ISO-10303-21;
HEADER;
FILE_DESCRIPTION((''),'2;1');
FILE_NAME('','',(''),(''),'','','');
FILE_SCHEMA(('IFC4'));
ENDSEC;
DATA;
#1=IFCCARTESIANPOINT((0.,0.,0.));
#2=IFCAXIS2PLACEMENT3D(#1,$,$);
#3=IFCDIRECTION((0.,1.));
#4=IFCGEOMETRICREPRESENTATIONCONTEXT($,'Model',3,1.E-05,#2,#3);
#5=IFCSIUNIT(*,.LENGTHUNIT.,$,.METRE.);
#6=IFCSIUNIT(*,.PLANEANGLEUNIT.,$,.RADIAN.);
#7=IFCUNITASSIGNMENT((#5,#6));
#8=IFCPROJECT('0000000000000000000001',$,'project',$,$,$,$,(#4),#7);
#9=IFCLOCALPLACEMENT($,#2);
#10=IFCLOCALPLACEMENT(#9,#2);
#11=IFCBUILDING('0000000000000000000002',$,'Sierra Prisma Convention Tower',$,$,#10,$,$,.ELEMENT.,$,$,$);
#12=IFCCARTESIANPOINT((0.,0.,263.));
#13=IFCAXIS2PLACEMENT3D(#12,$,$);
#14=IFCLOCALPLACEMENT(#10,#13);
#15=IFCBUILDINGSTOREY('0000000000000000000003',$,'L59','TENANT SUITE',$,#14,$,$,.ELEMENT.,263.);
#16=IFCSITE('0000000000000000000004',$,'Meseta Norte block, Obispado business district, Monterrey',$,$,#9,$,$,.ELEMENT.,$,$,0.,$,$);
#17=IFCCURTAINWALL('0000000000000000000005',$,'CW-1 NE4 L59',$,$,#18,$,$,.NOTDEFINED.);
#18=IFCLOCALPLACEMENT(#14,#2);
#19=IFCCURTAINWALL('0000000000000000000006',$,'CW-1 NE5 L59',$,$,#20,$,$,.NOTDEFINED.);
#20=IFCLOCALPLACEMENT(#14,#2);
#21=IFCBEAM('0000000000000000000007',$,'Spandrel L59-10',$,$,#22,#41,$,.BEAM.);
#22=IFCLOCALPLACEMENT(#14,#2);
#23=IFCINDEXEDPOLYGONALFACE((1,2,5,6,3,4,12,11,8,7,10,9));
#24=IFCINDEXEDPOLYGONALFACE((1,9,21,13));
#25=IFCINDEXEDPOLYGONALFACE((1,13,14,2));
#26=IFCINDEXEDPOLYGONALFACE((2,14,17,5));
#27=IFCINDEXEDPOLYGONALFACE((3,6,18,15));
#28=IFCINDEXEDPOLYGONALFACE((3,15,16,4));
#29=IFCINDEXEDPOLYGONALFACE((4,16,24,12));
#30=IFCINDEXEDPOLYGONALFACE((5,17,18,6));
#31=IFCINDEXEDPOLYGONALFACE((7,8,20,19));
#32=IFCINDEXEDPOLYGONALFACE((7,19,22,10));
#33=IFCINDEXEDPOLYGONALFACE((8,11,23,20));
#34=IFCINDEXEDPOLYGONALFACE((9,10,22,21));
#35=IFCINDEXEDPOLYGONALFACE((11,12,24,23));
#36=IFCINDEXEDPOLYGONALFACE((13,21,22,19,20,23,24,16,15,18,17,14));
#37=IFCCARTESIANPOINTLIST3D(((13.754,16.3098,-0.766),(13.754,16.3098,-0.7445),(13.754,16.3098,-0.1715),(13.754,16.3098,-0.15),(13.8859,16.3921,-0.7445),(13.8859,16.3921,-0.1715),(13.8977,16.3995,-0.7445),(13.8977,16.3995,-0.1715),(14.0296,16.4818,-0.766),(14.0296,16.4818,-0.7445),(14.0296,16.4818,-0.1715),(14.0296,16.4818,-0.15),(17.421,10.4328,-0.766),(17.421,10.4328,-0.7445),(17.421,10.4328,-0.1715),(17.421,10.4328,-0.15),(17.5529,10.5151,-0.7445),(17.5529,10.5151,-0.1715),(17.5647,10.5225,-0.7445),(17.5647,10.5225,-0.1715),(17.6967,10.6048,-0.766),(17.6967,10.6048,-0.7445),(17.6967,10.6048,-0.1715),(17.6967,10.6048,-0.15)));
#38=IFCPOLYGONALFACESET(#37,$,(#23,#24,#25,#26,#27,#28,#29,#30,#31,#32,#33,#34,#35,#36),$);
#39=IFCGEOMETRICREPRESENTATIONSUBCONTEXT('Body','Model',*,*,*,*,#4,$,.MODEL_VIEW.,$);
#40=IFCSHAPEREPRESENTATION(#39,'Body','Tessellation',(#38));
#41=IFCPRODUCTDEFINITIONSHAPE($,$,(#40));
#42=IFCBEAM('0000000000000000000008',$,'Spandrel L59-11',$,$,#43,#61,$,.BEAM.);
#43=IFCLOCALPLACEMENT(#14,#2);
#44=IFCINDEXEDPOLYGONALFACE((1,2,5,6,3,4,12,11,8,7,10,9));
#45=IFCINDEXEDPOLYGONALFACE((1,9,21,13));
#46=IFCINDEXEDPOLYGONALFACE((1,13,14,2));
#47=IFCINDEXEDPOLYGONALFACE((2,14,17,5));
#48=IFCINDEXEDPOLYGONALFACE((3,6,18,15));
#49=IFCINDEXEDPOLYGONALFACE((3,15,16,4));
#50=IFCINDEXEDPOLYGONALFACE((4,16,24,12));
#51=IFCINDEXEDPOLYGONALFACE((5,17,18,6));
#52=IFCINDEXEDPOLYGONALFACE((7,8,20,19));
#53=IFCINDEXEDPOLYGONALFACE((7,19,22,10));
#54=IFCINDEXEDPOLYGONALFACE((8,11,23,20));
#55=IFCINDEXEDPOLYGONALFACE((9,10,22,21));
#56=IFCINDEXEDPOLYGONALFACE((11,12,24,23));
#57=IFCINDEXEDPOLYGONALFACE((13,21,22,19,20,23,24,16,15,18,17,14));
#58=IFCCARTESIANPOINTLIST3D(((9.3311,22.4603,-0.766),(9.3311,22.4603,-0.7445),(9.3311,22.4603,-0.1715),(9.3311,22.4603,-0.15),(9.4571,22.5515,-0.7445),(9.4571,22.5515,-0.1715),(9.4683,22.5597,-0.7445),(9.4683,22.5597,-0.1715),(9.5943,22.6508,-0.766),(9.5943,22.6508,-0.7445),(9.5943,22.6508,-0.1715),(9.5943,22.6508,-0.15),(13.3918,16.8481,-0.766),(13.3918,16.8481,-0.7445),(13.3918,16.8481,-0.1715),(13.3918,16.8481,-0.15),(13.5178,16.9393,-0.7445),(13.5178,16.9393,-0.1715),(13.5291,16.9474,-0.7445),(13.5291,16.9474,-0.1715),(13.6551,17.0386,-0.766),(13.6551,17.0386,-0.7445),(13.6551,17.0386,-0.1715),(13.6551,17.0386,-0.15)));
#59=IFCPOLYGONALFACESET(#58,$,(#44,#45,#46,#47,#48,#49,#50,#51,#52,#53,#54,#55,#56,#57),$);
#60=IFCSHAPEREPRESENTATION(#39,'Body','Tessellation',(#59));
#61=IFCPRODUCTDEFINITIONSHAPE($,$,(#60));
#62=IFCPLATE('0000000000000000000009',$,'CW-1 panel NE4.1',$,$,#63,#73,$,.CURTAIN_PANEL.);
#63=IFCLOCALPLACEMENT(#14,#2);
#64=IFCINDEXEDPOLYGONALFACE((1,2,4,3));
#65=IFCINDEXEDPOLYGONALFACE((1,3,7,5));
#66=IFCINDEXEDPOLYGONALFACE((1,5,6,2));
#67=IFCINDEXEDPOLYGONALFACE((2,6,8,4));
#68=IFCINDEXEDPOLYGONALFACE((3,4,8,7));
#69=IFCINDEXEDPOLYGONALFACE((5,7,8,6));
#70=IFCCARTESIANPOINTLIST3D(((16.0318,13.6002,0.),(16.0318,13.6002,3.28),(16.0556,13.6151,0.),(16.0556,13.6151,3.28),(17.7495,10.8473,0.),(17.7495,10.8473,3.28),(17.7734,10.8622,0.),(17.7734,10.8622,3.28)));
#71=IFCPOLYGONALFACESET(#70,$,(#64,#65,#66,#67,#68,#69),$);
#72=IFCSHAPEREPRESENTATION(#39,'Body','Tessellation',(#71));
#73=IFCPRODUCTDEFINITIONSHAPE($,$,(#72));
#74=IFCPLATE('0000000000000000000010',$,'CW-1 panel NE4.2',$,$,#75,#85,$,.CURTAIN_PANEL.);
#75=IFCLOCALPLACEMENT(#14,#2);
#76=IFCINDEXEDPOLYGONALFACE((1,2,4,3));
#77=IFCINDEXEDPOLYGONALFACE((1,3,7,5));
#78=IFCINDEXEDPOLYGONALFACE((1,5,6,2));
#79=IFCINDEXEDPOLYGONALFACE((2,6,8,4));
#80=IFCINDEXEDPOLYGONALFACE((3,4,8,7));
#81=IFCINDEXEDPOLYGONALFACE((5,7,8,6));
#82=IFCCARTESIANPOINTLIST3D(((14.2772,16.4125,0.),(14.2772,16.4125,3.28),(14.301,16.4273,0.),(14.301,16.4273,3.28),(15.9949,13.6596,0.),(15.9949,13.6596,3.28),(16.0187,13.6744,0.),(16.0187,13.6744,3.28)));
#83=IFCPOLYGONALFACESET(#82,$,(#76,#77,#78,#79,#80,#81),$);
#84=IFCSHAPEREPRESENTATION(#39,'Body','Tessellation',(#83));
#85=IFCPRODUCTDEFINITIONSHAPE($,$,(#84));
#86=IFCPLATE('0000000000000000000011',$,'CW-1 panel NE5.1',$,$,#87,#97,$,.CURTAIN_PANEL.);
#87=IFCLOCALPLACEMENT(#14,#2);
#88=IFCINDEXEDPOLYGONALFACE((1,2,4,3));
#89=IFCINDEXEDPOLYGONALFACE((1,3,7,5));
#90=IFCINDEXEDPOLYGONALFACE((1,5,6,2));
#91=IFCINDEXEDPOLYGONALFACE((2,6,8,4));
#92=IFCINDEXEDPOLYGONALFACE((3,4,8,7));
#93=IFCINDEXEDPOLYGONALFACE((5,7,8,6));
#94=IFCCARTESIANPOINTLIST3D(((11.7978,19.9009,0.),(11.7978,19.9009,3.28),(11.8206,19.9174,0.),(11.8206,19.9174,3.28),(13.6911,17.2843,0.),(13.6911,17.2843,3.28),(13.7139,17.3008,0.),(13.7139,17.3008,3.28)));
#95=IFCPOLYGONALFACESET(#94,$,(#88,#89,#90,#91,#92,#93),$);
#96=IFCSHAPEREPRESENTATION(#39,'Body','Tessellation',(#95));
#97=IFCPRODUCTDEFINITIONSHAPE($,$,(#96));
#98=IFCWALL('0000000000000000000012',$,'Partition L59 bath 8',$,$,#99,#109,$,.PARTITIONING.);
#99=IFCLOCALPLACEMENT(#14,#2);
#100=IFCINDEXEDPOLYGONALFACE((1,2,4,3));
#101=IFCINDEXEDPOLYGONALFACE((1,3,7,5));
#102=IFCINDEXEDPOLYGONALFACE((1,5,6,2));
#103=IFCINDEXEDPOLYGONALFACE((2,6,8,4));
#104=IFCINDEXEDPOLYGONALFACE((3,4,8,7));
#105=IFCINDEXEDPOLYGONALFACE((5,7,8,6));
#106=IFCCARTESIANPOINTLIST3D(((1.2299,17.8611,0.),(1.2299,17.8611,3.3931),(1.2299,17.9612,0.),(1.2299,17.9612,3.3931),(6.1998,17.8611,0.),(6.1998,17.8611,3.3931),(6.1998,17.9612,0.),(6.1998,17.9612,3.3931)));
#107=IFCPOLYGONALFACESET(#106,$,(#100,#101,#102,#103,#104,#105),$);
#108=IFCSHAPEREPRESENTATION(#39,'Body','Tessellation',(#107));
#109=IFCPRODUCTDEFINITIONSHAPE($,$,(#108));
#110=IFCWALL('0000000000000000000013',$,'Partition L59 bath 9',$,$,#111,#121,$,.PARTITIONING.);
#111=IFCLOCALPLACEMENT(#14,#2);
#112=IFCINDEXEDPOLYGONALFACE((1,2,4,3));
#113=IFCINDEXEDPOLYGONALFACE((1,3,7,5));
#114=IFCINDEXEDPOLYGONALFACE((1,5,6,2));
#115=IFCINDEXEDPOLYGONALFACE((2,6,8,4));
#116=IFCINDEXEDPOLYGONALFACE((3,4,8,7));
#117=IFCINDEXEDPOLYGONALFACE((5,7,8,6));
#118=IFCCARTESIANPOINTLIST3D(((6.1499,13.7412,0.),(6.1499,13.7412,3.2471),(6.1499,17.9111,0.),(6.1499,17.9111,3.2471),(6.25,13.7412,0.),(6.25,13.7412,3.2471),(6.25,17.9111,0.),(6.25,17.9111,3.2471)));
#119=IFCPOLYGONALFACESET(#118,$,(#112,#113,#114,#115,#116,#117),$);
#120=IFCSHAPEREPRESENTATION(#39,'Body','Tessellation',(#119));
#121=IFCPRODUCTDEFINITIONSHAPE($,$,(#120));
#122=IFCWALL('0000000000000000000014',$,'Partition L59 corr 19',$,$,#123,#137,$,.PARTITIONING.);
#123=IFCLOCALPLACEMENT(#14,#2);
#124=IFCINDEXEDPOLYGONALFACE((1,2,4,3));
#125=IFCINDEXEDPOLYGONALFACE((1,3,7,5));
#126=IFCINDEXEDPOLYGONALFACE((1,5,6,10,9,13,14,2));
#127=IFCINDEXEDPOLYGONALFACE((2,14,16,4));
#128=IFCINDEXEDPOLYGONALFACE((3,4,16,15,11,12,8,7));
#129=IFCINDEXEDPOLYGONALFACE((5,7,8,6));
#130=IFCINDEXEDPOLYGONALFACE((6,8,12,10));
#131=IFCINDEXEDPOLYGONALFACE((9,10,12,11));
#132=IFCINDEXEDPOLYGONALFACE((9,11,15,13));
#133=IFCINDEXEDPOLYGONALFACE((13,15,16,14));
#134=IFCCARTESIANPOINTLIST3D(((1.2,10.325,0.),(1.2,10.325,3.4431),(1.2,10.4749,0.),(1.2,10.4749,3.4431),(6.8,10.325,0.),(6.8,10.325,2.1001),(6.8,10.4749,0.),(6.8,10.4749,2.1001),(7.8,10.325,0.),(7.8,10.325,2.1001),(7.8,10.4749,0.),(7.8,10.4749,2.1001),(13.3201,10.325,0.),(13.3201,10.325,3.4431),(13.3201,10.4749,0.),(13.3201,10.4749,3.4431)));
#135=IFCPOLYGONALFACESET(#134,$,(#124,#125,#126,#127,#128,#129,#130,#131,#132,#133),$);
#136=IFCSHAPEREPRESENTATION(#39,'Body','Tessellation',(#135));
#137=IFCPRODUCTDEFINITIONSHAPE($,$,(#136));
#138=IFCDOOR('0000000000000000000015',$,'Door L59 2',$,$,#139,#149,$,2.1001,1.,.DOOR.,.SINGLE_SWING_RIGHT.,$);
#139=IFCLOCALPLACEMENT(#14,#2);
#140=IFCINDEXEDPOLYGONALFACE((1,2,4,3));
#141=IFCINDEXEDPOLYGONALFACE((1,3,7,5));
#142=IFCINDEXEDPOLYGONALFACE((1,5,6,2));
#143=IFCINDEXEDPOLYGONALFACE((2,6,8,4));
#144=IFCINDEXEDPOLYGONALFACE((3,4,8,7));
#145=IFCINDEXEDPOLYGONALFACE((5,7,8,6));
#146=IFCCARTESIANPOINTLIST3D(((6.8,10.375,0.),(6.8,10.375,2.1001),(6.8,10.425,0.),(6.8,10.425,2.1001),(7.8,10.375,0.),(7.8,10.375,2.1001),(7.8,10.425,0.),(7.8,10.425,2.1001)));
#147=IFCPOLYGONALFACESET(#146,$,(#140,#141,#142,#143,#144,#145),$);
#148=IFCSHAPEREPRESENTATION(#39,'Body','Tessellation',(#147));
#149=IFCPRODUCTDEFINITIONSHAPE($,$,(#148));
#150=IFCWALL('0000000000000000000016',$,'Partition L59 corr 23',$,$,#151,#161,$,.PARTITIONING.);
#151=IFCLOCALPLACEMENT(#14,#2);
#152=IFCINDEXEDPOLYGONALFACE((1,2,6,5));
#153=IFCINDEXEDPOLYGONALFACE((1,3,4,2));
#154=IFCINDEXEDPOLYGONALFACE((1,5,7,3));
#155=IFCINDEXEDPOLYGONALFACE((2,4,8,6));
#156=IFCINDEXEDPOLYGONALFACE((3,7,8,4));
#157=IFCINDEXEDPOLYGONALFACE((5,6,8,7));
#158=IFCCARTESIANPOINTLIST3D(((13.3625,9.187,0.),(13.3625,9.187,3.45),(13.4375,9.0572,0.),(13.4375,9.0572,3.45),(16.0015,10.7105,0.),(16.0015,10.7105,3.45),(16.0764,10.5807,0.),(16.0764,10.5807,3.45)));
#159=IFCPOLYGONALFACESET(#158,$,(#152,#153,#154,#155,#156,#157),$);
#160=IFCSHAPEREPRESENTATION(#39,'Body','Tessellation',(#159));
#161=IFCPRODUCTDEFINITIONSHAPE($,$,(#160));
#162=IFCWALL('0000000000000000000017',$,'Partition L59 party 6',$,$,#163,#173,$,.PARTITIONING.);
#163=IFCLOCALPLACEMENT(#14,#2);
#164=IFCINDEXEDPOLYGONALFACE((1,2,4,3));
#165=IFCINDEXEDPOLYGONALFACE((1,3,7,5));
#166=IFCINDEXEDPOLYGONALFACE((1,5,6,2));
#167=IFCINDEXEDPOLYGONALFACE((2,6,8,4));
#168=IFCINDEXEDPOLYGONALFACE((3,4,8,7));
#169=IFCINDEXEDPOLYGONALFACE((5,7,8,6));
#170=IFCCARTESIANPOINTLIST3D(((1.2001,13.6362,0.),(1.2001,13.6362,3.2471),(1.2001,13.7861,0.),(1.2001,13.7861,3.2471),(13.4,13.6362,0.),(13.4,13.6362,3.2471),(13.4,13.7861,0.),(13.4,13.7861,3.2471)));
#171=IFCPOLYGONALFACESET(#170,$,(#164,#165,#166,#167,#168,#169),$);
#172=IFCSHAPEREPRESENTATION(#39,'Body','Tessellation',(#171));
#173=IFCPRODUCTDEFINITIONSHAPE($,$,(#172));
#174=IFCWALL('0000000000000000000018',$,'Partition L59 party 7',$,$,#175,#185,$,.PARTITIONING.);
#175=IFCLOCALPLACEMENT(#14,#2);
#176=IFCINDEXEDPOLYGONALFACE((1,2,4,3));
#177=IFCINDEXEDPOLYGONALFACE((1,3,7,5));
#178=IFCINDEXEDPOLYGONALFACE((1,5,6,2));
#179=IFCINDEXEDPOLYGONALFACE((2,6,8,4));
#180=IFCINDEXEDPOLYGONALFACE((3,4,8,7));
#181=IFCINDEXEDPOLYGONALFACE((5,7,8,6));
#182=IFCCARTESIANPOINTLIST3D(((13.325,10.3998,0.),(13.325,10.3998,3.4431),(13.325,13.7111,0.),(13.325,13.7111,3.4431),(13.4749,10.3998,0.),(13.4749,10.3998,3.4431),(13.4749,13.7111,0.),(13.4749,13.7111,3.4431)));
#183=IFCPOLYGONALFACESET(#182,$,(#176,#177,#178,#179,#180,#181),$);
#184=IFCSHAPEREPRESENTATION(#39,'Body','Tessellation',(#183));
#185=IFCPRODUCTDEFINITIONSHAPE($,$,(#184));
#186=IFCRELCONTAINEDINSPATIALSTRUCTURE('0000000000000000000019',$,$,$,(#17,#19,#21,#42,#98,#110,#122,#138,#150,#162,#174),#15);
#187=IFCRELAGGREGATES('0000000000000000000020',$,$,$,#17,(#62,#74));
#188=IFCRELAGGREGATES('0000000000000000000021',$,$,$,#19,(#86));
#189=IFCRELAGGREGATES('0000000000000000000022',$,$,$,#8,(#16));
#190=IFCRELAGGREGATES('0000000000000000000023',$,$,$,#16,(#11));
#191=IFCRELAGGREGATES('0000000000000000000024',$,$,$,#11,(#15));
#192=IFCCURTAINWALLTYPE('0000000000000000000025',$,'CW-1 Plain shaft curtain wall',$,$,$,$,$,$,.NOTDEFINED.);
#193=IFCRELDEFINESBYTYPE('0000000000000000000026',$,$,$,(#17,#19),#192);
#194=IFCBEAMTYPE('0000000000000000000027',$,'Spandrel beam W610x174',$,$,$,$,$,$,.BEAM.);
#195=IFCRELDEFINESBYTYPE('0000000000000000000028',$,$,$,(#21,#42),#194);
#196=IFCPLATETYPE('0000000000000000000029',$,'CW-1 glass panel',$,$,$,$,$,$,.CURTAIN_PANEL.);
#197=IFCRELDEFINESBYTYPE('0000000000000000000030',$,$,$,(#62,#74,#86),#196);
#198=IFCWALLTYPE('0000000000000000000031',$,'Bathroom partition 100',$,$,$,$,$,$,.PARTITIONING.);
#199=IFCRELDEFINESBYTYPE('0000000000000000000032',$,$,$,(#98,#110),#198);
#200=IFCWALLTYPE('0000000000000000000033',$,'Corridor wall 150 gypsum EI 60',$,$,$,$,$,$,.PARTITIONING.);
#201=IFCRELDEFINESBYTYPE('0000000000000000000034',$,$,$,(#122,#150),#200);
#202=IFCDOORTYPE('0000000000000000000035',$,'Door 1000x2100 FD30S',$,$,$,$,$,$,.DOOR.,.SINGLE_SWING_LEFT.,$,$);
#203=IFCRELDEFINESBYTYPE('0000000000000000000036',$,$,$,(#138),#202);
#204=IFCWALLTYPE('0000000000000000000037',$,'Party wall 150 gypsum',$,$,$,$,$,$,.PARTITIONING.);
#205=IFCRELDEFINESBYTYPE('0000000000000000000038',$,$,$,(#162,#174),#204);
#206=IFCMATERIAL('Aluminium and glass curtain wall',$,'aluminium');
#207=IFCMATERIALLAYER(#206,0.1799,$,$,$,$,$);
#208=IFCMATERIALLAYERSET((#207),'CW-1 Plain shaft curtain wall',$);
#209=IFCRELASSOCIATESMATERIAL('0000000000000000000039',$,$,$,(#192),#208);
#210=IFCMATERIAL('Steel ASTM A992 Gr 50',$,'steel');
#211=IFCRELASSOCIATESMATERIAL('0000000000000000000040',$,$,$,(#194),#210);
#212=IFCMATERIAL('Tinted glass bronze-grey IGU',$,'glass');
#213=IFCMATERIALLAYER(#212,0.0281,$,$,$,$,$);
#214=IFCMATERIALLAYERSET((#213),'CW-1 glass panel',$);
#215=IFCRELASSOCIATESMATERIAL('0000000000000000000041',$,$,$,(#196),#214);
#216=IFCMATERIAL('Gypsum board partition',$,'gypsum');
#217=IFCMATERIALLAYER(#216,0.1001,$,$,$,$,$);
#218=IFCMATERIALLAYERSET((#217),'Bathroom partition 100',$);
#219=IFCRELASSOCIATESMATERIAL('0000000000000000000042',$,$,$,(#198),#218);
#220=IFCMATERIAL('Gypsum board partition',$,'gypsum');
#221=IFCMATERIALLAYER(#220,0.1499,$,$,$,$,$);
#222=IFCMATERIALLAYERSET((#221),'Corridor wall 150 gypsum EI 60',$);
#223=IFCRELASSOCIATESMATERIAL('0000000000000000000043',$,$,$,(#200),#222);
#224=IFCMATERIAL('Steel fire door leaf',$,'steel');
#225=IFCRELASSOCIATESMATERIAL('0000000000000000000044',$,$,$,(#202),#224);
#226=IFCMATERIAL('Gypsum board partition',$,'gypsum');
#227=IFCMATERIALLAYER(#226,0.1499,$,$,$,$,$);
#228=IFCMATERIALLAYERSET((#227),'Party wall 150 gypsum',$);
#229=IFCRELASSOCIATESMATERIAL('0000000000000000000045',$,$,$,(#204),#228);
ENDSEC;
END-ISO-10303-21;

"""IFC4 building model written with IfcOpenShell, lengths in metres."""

from ifc_helpers import new_model, si_unit, direction, frame, frame_2d, origin, origin_2d, place, context, subcontext, project, spatial, rectangle, i_section, extrude, material, layer, layer_set, material_profile, profile_set, type_object, element, fill, aggregate, save


model = new_model("IFC4")

# Units and contexts
model_context = context("Model", 3, precision=1e-05, world=origin(), true_north=direction((0.0, 1.0)))
body_context = subcontext(model_context, "Body", "Model", "MODEL_VIEW")
ifc_project = project(units=[si_unit("LENGTHUNIT", "METRE"), si_unit("PLANEANGLEUNIT", "RADIAN")], contexts=[model_context])

# Site, building, storey
site_placement = place(None, origin())
site = spatial("IfcSite", under=ifc_project, at=site_placement, Name="Meseta Norte block, Obispado business district, Monterrey", CompositionType="ELEMENT", RefElevation=0.0)
building_placement = place(site_placement, origin())
building = spatial("IfcBuilding", under=site, at=building_placement, Name="Sierra Prisma Convention Tower", CompositionType="ELEMENT")
storey_placement = place(building_placement, frame((0.0, 0.0, 263.0)))
storey = spatial("IfcBuildingStorey", under=building, at=storey_placement, Name="L59", Description="TENANT SUITE", CompositionType="ELEMENT", Elevation=263.0)

# Curtain wall
ifc_material_1 = material(Name="Aluminium and glass curtain wall", Category="aluminium")
ifc_layer_1 = layer(ifc_material_1, 0.1799)
ifc_layer_set_1 = layer_set([ifc_layer_1], Name="CW-1 Plain shaft curtain wall")
curtain_wall_type = type_object("IfcCurtainWallType", Name="CW-1 Plain shaft curtain wall", PredefinedType="NOTDEFINED", material=ifc_layer_set_1)
curtain_wall_1_placement = place(storey_placement, origin())
curtain_wall_1 = element("IfcCurtainWall", 1, at=curtain_wall_1_placement, inside=storey, type_object=curtain_wall_type, Name="CW-1 NE4 L59", PredefinedType="NOTDEFINED")

# Curtain wall
curtain_wall_2_placement = place(storey_placement, origin())
curtain_wall_2 = element("IfcCurtainWall", 2, at=curtain_wall_2_placement, inside=storey, type_object=curtain_wall_type, Name="CW-1 NE5 L59", PredefinedType="NOTDEFINED")

# Beams
ifc_material_2 = material(Name="Steel ASTM A992 Gr 50", Category="steel")
ifc_material_profile_1 = material_profile(ifc_material_2, i_section(OverallWidth=0.325, OverallDepth=0.616, WebThickness=0.0139, FlangeThickness=0.0215, at=origin_2d()), Name="W610x174")
ifc_profile_set_1 = profile_set([ifc_material_profile_1], Name="Steel ASTM A992 Gr 50")
beam_type_1 = type_object("IfcBeamType", Name="Spandrel beam W610x174", PredefinedType="BEAM", material=ifc_profile_set_1)
for number, where, z_axis, x_axis, name in (
    (3, (17.5588, 10.5188, -0.458), (-0.529365, 0.848394, 0.0), (-0.848394, -0.529365, 0.0), "Spandrel L59-10"),
    (4, (13.5234, 16.9434, -0.458), (-0.586198, 0.810168, 0.0), (-0.810168, -0.586198, 0.0), "Spandrel L59-11"),
):
    element("IfcBeam", number, at=place(storey_placement, frame(where, z_axis=z_axis, x_axis=x_axis)), inside=storey, type_object=beam_type_1, Name=name, PredefinedType="BEAM", context=body_context, shape_type="SweptSolid", body=[
        extrude(i_section(OverallWidth=0.325, OverallDepth=0.616, WebThickness=0.0139, FlangeThickness=0.0215, at=origin_2d()), origin(), (0.0, 0.0, 1.0), 6.9272),
    ])

# Plates
ifc_material_3 = material(Name="Tinted glass bronze-grey IGU", Category="glass")
ifc_layer_2 = layer(ifc_material_3, 0.0281)
ifc_layer_set_2 = layer_set([ifc_layer_2], Name="CW-1 glass panel")
plate_type = type_object("IfcPlateType", Name="CW-1 glass panel", PredefinedType="CURTAIN_PANEL", material=ifc_layer_set_2)
plate_1_placement = place(storey_placement, frame((16.9026, 12.2312, 0.0), z_axis=(0.0, 0.0, 1.0), x_axis=(-0.52937, 0.848391, 0.0)))
plate_1 = element("IfcPlate", 5, at=plate_1_placement, type_object=plate_type, Name="CW-1 panel NE4.1", PredefinedType="CURTAIN_PANEL", context=body_context, shape_type="SweptSolid", body=[
    extrude(rectangle(XDim=3.2449, YDim=0.0281, at=origin_2d()), origin(), (0.0, 0.0, 1.0), 3.28),
])
plate_2_placement = place(storey_placement, frame((15.1479, 15.0435, 0.0), z_axis=(0.0, 0.0, 1.0), x_axis=(-0.52937, 0.848391, 0.0)))
plate_2 = element("IfcPlate", 6, at=plate_2_placement, type_object=plate_type, Name="CW-1 panel NE4.2", PredefinedType="CURTAIN_PANEL", context=body_context, shape_type="SweptSolid", body=[
    extrude(rectangle(XDim=3.2449, YDim=0.0281, at=origin_2d()), origin(), (0.0, 0.0, 1.0), 3.28),
])
aggregate(curtain_wall_1, [plate_1, plate_2])
plate_3_placement = place(storey_placement, frame((12.7559, 18.6008, 0.0), z_axis=(0.0, 0.0, 1.0), x_axis=(-0.586214, 0.810157, 0.0)))
plate_3 = element("IfcPlate", 7, at=plate_3_placement, type_object=plate_type, Name="CW-1 panel NE5.1", PredefinedType="CURTAIN_PANEL", context=body_context, shape_type="SweptSolid", body=[
    extrude(rectangle(XDim=3.2297, YDim=0.0281, at=origin_2d()), origin(), (0.0, 0.0, 1.0), 3.28),
])
aggregate(curtain_wall_2, [plate_3])

# Walls
ifc_material_4 = material(Name="Gypsum board partition", Category="gypsum")
ifc_layer_3 = layer(ifc_material_4, 0.1001)
ifc_layer_set_3 = layer_set([ifc_layer_3], Name="Bathroom partition 100")
wall_type_1 = type_object("IfcWallType", Name="Bathroom partition 100", PredefinedType="PARTITIONING", material=ifc_layer_set_3)
wall_1_placement = place(storey_placement, frame((1.23, 17.9111, 0.0), z_axis=(0.0, 0.0, 1.0), x_axis=(1.0, 0.0, 0.0)))
element("IfcWall", 8, at=wall_1_placement, inside=storey, type_object=wall_type_1, Name="Partition L59 bath 8", PredefinedType="PARTITIONING", context=body_context, shape_type="SweptSolid", body=[
    extrude(rectangle(XDim=4.97, YDim=0.1001, at=frame_2d((2.4849, 0.0))), origin(), (0.0, 0.0, 1.0), 3.3931),
])
wall_2_placement = place(storey_placement, frame((6.2, 17.9111, 0.0), z_axis=(0.0, 0.0, 1.0), x_axis=(0.0, -1.0, 0.0)))
element("IfcWall", 9, at=wall_2_placement, inside=storey, type_object=wall_type_1, Name="Partition L59 bath 9", PredefinedType="PARTITIONING", context=body_context, shape_type="SweptSolid", body=[
    extrude(rectangle(XDim=4.1699, YDim=0.1001, at=frame_2d((2.085, 0.0))), origin(), (0.0, 0.0, 1.0), 3.2471),
])

# Wall, opening, door
ifc_material_5 = material(Name="Gypsum board partition", Category="gypsum")
ifc_layer_4 = layer(ifc_material_5, 0.1499)
ifc_layer_set_4 = layer_set([ifc_layer_4], Name="Corridor wall 150 gypsum EI 60")
wall_type_2 = type_object("IfcWallType", Name="Corridor wall 150 gypsum EI 60", PredefinedType="PARTITIONING", material=ifc_layer_set_4)
wall_3_placement = place(storey_placement, frame((13.3201, 10.3999, 0.0), z_axis=(0.0, 0.0, 1.0), x_axis=(-1.0, 0.0, 0.0)))
wall_3 = element("IfcWall", 10, at=wall_3_placement, inside=storey, type_object=wall_type_2, Name="Partition L59 corr 19", PredefinedType="PARTITIONING", context=body_context, shape_type="SweptSolid", body=[
    extrude(rectangle(XDim=12.1201, YDim=0.1499, at=frame_2d((6.0601, 0.0))), origin(), (0.0, 0.0, 1.0), 3.4431),
])
opening_placement = place(wall_3_placement, frame((5.52, 0.0, 0.0)))
opening = element("IfcOpeningElement", 11, at=opening_placement, cuts=wall_3, PredefinedType="OPENING", context=body_context, shape_type="SweptSolid", body=[
    extrude(rectangle(XDim=1.0, YDim=2.1001, at=frame_2d((0.5, 1.05))), frame((0.0, 0.075, 0.0), z_axis=(0.0, -1.0, 0.0), x_axis=(1.0, 0.0, 0.0)), (0.0, 0.0, 1.0), 0.1499),
])
ifc_material_6 = material(Name="Steel fire door leaf", Category="steel")
door_type = type_object("IfcDoorType", Name="Door 1000x2100 FD30S", OperationType="SINGLE_SWING_LEFT", PredefinedType="DOOR", material=ifc_material_6)
door_placement = place(opening_placement, origin())
door = element("IfcDoor", 12, at=door_placement, inside=storey, type_object=door_type, Name="Door L59 2", OperationType="SINGLE_SWING_RIGHT", OverallHeight=2.1001, OverallWidth=1.0, PredefinedType="DOOR", context=body_context, shape_type="SweptSolid", body=[
    extrude(rectangle(XDim=1.0, YDim=2.1001, at=frame_2d((0.5, 1.05))), frame((0.0, 0.0249, 0.0), z_axis=(0.0, -1.0, 0.0), x_axis=(1.0, 0.0, 0.0)), (0.0, 0.0, 1.0), 0.05),
])
fill(opening, door)

# Walls
wall_4_placement = place(storey_placement, frame((16.0388, 10.6455, 0.0), z_axis=(0.0, 0.0, 1.0), x_axis=(-0.866045, -0.499965, 0.0)))
element("IfcWall", 13, at=wall_4_placement, inside=storey, type_object=wall_type_2, Name="Partition L59 corr 23", PredefinedType="PARTITIONING", context=body_context, shape_type="SweptSolid", body=[
    extrude(rectangle(XDim=3.0471, YDim=0.1499, at=frame_2d((1.5234, 0.0))), origin(), (0.0, 0.0, 1.0), 3.45),
])
ifc_material_7 = material(Name="Gypsum board partition", Category="gypsum")
ifc_layer_5 = layer(ifc_material_7, 0.1499)
ifc_layer_set_5 = layer_set([ifc_layer_5], Name="Party wall 150 gypsum")
wall_type_3 = type_object("IfcWallType", Name="Party wall 150 gypsum", PredefinedType="PARTITIONING", material=ifc_layer_set_5)
wall_5_placement = place(storey_placement, frame((1.2, 13.7112, 0.0), z_axis=(0.0, 0.0, 1.0), x_axis=(1.0, 0.0, 0.0)))
element("IfcWall", 14, at=wall_5_placement, inside=storey, type_object=wall_type_3, Name="Partition L59 party 6", PredefinedType="PARTITIONING", context=body_context, shape_type="SweptSolid", body=[
    extrude(rectangle(XDim=12.2, YDim=0.1499, at=frame_2d((6.1001, 0.0))), origin(), (0.0, 0.0, 1.0), 3.2471),
])
wall_6_placement = place(storey_placement, frame((13.3999, 13.7112, 0.0), z_axis=(0.0, 0.0, 1.0), x_axis=(0.0, -1.0, 0.0)))
element("IfcWall", 15, at=wall_6_placement, inside=storey, type_object=wall_type_3, Name="Partition L59 party 7", PredefinedType="PARTITIONING", context=body_context, shape_type="SweptSolid", body=[
    extrude(rectangle(XDim=3.3113, YDim=0.1499, at=frame_2d((1.6558, 0.0))), origin(), (0.0, 0.0, 1.0), 3.4431),
])

save(model, "model.ifc")
